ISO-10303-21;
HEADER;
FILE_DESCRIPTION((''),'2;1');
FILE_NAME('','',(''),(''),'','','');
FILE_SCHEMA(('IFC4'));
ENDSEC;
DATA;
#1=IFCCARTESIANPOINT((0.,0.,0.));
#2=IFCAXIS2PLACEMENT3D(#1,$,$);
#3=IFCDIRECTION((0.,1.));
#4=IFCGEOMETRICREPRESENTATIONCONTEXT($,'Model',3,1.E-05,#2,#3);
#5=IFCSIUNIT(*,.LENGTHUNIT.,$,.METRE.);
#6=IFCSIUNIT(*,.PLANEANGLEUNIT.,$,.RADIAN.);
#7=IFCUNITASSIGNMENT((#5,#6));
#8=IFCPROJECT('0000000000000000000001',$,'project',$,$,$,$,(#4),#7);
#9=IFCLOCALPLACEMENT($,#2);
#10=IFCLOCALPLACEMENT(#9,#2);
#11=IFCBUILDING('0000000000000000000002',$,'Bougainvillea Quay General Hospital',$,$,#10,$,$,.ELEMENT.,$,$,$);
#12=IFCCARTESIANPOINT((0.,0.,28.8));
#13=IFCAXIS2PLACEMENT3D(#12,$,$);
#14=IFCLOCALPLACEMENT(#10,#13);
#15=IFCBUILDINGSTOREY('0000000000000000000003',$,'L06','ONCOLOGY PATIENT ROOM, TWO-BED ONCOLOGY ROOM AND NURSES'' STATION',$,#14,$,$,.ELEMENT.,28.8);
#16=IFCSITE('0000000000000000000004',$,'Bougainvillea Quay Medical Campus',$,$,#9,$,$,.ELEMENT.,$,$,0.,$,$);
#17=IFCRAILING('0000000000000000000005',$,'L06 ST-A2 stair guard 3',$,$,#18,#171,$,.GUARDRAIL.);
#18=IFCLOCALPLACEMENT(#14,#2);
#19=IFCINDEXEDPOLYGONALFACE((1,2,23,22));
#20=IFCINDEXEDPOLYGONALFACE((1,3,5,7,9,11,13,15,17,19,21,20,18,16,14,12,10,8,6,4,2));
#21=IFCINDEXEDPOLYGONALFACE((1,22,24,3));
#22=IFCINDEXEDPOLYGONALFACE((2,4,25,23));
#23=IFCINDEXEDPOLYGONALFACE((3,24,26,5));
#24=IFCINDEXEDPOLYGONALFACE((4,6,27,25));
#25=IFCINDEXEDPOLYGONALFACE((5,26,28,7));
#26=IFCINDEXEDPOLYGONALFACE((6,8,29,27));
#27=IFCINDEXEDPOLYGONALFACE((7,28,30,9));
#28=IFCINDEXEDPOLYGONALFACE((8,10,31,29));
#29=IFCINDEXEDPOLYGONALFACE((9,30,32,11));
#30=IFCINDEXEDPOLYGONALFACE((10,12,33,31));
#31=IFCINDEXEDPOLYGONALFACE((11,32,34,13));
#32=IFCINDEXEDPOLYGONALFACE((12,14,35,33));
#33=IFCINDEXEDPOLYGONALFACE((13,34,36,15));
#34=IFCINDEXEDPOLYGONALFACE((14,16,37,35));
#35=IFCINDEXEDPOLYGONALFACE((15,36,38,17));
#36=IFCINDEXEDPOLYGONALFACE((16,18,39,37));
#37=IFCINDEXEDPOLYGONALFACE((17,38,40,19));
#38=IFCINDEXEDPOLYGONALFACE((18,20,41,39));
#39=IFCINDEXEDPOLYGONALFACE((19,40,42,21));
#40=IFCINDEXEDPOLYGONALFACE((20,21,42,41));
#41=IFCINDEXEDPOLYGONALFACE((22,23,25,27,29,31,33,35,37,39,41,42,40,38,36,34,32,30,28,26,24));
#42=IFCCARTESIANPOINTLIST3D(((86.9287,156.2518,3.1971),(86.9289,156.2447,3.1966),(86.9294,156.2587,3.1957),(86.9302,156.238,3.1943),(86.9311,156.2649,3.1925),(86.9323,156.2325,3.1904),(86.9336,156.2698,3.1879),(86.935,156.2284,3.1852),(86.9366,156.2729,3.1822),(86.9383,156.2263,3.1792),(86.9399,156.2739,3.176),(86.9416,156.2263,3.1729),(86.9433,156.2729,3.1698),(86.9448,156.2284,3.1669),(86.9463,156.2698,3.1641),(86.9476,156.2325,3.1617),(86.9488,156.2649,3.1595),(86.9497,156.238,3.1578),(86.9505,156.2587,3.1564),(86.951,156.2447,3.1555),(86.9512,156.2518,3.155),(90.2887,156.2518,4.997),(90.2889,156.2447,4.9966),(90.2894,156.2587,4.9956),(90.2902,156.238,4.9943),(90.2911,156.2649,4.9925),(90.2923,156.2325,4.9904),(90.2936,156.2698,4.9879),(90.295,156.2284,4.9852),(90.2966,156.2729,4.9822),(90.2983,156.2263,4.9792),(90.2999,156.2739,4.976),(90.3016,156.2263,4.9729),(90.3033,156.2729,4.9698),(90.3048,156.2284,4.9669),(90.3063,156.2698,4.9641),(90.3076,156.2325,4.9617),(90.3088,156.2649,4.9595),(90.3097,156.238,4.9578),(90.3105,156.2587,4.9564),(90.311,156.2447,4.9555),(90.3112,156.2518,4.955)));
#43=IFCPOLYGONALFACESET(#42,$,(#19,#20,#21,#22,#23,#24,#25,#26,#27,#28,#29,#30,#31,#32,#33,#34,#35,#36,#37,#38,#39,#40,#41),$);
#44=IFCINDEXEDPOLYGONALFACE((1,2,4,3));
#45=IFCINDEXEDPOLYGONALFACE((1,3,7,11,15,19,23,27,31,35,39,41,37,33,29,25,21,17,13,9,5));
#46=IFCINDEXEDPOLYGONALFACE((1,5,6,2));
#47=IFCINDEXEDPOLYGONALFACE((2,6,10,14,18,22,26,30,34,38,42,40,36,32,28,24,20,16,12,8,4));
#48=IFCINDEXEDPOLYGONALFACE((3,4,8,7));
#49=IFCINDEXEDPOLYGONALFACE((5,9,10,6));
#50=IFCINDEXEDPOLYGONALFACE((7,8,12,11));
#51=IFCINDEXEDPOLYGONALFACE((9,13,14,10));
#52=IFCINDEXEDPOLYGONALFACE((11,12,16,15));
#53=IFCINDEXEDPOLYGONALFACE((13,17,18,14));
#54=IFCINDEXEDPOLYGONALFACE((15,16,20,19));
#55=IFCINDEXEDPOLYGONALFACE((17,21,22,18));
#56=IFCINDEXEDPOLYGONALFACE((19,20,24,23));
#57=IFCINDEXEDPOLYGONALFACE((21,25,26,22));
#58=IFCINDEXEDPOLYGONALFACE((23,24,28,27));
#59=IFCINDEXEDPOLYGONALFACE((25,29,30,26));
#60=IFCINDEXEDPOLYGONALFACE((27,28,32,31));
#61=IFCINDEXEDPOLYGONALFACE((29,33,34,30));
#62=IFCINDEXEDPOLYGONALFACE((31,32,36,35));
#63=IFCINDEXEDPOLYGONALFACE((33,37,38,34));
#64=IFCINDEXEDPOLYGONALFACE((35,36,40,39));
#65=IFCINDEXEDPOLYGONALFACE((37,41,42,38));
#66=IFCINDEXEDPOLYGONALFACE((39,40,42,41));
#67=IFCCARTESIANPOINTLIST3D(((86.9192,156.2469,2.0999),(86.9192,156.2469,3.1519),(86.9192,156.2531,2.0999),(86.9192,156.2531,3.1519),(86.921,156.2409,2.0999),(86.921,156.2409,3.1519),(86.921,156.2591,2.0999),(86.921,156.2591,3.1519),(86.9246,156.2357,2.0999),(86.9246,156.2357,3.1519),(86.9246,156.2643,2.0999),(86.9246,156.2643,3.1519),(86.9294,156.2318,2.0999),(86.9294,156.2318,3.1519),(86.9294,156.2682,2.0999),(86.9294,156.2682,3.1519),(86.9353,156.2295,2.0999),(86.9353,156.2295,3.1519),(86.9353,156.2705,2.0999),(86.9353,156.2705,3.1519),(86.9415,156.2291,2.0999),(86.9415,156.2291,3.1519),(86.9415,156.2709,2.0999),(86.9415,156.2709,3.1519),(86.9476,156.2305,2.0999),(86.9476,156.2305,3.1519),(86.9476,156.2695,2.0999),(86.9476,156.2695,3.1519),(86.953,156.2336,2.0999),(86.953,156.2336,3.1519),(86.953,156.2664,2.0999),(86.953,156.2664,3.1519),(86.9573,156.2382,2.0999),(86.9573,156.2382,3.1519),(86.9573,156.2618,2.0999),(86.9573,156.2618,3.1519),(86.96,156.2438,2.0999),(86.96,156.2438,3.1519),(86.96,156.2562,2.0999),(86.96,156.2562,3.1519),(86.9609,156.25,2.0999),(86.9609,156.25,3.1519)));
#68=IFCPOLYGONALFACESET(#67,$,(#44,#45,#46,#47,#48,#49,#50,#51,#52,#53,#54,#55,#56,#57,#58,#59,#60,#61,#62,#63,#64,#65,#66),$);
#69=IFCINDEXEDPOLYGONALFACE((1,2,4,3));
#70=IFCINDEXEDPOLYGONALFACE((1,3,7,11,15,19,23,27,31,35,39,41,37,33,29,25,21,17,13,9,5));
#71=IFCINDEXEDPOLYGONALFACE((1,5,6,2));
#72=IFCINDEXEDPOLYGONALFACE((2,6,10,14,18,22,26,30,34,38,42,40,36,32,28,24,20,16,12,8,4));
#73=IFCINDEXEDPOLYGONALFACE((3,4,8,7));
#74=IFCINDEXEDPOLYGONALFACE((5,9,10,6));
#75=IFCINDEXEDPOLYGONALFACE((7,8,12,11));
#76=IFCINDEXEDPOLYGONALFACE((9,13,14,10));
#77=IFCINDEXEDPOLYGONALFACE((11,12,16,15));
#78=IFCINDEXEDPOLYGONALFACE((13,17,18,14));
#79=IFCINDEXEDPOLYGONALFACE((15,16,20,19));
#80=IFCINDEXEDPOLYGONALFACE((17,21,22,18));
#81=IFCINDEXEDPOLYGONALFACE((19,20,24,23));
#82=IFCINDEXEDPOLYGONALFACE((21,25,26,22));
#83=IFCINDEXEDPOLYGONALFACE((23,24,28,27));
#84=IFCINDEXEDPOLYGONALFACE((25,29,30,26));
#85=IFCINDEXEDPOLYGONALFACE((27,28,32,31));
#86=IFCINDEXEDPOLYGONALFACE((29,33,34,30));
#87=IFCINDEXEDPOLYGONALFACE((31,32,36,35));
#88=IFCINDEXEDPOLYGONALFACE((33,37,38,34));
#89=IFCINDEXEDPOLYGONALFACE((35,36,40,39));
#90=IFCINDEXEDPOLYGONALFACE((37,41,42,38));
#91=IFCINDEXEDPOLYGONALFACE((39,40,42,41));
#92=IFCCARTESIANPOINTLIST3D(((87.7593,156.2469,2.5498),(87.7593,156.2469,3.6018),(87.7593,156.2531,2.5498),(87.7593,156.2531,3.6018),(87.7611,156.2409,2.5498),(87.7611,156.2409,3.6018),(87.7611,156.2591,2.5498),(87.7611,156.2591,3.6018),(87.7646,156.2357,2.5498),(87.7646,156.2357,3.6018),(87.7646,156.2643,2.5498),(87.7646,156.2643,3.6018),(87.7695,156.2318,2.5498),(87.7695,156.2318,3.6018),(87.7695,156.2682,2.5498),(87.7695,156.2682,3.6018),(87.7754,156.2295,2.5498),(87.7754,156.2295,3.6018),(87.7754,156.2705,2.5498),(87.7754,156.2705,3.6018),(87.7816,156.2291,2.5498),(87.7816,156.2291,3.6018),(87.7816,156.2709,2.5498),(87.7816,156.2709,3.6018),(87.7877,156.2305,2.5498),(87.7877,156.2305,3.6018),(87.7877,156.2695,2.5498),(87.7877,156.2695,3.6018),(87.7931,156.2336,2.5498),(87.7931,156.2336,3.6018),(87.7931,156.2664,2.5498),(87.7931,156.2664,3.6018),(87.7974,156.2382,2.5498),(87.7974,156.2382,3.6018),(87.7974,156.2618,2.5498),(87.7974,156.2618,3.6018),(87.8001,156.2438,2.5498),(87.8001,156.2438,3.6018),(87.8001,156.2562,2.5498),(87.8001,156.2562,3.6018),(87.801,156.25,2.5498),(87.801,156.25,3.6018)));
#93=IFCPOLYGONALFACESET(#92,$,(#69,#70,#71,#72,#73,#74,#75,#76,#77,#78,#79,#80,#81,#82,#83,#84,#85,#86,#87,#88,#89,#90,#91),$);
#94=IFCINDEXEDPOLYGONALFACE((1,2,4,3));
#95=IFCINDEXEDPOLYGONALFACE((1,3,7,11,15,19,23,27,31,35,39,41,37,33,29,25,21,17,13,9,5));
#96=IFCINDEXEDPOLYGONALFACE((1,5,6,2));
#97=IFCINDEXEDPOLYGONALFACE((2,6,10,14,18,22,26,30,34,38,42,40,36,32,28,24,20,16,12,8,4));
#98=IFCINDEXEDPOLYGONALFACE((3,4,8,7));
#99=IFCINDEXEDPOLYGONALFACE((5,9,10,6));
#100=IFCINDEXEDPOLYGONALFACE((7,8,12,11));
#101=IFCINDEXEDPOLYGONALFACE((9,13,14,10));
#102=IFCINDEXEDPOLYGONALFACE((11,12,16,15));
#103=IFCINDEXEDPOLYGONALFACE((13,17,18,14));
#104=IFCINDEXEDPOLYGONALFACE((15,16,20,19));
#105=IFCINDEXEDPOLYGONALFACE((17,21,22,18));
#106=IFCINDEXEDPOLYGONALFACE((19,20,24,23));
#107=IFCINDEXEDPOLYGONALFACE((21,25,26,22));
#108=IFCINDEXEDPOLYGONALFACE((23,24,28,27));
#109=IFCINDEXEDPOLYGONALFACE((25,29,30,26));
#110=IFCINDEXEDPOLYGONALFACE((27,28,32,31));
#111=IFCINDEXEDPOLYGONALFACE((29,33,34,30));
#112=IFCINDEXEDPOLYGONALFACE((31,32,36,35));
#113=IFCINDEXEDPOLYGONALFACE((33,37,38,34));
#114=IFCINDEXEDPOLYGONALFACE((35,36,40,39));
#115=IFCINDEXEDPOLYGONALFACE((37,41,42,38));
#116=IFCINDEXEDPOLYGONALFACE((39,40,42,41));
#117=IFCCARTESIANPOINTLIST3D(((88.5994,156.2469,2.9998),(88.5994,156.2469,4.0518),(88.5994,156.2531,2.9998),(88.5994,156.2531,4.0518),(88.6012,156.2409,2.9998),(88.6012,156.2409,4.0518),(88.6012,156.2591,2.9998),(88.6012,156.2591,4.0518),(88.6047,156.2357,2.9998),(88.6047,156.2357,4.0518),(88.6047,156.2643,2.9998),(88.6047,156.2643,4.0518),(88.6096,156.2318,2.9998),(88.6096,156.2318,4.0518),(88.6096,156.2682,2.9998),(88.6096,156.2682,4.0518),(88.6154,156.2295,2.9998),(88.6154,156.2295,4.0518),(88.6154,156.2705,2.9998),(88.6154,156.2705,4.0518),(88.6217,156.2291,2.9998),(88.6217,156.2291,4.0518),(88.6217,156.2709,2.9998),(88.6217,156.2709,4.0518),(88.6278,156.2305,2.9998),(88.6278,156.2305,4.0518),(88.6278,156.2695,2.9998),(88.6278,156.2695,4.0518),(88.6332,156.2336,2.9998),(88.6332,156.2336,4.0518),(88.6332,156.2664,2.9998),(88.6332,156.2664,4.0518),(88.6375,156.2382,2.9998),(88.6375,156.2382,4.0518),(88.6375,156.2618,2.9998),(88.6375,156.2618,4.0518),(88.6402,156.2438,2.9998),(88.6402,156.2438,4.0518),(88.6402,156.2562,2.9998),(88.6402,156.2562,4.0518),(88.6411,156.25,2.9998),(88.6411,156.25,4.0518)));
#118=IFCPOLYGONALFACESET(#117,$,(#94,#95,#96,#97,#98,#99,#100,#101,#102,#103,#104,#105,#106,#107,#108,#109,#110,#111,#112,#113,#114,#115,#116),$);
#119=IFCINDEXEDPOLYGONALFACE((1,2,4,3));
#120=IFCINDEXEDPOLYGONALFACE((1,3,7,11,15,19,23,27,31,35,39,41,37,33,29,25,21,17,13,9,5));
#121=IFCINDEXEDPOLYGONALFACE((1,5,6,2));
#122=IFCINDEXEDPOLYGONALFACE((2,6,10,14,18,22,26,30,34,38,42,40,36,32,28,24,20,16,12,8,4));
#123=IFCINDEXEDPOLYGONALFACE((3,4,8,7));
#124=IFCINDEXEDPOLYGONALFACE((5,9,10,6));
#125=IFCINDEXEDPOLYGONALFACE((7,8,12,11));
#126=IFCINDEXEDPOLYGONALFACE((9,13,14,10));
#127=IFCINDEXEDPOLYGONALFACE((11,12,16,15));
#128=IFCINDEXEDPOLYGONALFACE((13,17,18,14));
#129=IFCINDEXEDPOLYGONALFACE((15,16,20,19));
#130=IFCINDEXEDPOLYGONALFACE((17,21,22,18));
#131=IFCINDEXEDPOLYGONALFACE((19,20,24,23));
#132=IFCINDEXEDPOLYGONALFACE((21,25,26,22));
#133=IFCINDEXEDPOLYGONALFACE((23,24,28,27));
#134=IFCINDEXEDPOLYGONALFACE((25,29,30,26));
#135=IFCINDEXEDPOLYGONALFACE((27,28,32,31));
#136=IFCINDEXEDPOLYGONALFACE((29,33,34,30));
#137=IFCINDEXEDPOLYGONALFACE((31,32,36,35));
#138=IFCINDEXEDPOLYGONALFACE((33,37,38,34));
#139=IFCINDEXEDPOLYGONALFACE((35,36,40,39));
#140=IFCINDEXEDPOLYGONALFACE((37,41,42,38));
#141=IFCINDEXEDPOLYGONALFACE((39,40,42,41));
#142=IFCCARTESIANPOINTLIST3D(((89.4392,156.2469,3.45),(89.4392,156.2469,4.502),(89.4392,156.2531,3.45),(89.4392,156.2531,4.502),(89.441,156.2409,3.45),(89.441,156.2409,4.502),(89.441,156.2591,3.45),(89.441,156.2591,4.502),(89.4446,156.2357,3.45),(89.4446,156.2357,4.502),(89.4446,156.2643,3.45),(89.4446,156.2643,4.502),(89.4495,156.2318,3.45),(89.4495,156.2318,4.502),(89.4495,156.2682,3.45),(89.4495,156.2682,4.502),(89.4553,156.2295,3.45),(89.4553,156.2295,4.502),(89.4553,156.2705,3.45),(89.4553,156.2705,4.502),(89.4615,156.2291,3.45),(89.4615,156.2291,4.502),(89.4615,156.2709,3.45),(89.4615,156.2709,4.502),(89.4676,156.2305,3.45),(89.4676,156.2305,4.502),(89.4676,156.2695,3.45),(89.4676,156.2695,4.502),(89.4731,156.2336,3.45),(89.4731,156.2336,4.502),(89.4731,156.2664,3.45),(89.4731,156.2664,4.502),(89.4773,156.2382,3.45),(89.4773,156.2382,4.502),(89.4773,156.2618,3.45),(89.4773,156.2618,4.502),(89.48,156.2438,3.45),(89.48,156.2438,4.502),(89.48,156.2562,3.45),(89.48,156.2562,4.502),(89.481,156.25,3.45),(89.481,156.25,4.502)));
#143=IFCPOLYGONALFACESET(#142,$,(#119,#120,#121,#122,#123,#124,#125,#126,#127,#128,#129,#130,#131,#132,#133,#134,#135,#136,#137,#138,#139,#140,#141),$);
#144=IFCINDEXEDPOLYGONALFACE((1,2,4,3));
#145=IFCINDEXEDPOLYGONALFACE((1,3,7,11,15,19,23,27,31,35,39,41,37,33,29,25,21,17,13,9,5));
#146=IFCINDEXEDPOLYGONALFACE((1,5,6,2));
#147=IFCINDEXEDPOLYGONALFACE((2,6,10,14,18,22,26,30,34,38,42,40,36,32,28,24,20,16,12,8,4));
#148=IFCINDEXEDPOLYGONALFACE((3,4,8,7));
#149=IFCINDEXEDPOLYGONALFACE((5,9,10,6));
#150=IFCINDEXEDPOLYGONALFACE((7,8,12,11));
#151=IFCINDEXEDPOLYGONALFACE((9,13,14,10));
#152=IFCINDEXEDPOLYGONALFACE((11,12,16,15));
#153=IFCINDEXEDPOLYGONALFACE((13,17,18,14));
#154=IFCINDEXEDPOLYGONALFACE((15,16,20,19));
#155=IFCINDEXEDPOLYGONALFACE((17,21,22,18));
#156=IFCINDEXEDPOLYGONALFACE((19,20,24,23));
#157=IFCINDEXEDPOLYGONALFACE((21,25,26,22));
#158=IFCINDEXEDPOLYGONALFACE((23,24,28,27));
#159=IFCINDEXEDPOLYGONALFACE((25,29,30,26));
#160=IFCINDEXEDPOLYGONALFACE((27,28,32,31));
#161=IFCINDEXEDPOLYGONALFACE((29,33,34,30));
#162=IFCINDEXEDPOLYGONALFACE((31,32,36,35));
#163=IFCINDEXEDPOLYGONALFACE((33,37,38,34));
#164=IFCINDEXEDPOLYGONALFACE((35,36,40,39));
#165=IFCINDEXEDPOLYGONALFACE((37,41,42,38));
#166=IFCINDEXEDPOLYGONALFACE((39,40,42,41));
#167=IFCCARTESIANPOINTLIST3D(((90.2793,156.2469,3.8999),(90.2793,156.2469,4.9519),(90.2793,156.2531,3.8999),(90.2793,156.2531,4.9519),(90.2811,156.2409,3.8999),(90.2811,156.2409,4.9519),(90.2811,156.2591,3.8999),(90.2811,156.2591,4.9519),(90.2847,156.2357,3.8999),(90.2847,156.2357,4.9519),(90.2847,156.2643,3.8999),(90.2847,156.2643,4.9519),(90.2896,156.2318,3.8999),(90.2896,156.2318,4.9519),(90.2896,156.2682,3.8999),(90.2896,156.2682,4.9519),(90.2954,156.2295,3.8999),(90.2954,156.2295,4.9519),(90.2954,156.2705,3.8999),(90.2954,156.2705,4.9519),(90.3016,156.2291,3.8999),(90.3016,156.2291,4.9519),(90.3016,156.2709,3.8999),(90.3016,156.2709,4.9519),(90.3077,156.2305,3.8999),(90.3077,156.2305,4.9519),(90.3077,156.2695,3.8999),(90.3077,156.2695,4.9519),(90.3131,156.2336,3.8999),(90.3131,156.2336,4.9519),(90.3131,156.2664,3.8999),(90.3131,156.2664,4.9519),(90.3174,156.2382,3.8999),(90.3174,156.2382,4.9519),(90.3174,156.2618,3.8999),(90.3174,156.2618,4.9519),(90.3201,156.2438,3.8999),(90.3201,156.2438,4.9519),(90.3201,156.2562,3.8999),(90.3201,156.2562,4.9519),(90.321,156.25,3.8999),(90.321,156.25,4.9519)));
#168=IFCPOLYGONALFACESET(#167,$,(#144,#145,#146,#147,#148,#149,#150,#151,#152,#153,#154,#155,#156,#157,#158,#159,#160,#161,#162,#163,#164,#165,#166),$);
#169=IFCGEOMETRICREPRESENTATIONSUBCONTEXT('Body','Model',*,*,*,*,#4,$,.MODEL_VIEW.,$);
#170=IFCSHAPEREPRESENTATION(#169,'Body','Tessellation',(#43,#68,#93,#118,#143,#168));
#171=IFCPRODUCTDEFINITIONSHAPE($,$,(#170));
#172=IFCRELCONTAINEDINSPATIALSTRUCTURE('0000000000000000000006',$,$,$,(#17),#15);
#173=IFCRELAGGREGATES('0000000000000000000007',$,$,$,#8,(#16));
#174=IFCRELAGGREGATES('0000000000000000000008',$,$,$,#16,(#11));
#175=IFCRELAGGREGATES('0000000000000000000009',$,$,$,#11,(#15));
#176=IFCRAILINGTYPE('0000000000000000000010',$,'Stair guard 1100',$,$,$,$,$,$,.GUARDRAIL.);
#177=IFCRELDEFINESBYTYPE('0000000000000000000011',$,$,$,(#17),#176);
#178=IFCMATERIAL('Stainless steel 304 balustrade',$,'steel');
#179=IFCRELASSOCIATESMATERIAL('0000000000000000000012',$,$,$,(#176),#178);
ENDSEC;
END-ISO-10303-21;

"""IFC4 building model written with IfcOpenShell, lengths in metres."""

from ifc_helpers import new_model, si_unit, direction, frame, origin, origin_2d, place, context, subcontext, project, spatial, circle, extrude, material, type_object, element, save


model = new_model("IFC4")

# Units and contexts
model_context = context("Model", 3, precision=1e-05, world=origin(), true_north=direction((0.0, 1.0)))
body_context = subcontext(model_context, "Body", "Model", "MODEL_VIEW")
ifc_project = project(units=[si_unit("LENGTHUNIT", "METRE"), si_unit("PLANEANGLEUNIT", "RADIAN")], contexts=[model_context])

# Site, building, storey
site_placement = place(None, origin())
site = spatial("IfcSite", under=ifc_project, at=site_placement, Name="Bougainvillea Quay Medical Campus", CompositionType="ELEMENT", RefElevation=0.0)
building_placement = place(site_placement, origin())
building = spatial("IfcBuilding", under=site, at=building_placement, Name="Bougainvillea Quay General Hospital", CompositionType="ELEMENT")
storey_placement = place(building_placement, frame((0.0, 0.0, 28.8)))
storey = spatial("IfcBuildingStorey", under=building, at=storey_placement, Name="L06", Description="ONCOLOGY PATIENT ROOM, TWO-BED ONCOLOGY ROOM AND NURSES' STATION", CompositionType="ELEMENT", Elevation=28.8)

# Railing
ifc_material_1 = material(Name="Stainless steel 304 balustrade", Category="steel")
railing_type_1 = type_object("IfcRailingType", Name="Stair guard 1100", PredefinedType="GUARDRAIL", material=ifc_material_1)
railing_1_placement = place(storey_placement, frame((86.9399, 156.25, 2.0999)))
element("IfcRailing", 1, at=railing_1_placement, inside=storey, type_object=railing_type_1, Name="L06 ST-A2 stair guard 3", PredefinedType="GUARDRAIL", context=body_context, shape_type="SweptSolid", body=[
    extrude(circle(Radius=0.0239, at=origin_2d()), frame((0.0, 0.0, 1.0762), z_axis=(0.881481, 0.0, 0.47222), x_axis=(0.0, 1.0, 0.0)), (0.0, 0.0, 1.0), 3.8118),
    extrude(circle(Radius=0.021, at=origin_2d()), origin(), (0.0, 0.0, 1.0), 1.052),
    extrude(circle(Radius=0.021, at=origin_2d()), frame((0.8401, 0.0, 0.45)), (0.0, 0.0, 1.0), 1.052),
    extrude(circle(Radius=0.021, at=origin_2d()), frame((1.6802, 0.0, 0.8999)), (0.0, 0.0, 1.0), 1.052),
    extrude(circle(Radius=0.021, at=origin_2d()), frame((2.52, 0.0, 1.3501)), (0.0, 0.0, 1.0), 1.052),
    extrude(circle(Radius=0.021, at=origin_2d()), frame((3.3601, 0.0, 1.8)), (0.0, 0.0, 1.0), 1.052),
])

save(model, "model.ifc")
